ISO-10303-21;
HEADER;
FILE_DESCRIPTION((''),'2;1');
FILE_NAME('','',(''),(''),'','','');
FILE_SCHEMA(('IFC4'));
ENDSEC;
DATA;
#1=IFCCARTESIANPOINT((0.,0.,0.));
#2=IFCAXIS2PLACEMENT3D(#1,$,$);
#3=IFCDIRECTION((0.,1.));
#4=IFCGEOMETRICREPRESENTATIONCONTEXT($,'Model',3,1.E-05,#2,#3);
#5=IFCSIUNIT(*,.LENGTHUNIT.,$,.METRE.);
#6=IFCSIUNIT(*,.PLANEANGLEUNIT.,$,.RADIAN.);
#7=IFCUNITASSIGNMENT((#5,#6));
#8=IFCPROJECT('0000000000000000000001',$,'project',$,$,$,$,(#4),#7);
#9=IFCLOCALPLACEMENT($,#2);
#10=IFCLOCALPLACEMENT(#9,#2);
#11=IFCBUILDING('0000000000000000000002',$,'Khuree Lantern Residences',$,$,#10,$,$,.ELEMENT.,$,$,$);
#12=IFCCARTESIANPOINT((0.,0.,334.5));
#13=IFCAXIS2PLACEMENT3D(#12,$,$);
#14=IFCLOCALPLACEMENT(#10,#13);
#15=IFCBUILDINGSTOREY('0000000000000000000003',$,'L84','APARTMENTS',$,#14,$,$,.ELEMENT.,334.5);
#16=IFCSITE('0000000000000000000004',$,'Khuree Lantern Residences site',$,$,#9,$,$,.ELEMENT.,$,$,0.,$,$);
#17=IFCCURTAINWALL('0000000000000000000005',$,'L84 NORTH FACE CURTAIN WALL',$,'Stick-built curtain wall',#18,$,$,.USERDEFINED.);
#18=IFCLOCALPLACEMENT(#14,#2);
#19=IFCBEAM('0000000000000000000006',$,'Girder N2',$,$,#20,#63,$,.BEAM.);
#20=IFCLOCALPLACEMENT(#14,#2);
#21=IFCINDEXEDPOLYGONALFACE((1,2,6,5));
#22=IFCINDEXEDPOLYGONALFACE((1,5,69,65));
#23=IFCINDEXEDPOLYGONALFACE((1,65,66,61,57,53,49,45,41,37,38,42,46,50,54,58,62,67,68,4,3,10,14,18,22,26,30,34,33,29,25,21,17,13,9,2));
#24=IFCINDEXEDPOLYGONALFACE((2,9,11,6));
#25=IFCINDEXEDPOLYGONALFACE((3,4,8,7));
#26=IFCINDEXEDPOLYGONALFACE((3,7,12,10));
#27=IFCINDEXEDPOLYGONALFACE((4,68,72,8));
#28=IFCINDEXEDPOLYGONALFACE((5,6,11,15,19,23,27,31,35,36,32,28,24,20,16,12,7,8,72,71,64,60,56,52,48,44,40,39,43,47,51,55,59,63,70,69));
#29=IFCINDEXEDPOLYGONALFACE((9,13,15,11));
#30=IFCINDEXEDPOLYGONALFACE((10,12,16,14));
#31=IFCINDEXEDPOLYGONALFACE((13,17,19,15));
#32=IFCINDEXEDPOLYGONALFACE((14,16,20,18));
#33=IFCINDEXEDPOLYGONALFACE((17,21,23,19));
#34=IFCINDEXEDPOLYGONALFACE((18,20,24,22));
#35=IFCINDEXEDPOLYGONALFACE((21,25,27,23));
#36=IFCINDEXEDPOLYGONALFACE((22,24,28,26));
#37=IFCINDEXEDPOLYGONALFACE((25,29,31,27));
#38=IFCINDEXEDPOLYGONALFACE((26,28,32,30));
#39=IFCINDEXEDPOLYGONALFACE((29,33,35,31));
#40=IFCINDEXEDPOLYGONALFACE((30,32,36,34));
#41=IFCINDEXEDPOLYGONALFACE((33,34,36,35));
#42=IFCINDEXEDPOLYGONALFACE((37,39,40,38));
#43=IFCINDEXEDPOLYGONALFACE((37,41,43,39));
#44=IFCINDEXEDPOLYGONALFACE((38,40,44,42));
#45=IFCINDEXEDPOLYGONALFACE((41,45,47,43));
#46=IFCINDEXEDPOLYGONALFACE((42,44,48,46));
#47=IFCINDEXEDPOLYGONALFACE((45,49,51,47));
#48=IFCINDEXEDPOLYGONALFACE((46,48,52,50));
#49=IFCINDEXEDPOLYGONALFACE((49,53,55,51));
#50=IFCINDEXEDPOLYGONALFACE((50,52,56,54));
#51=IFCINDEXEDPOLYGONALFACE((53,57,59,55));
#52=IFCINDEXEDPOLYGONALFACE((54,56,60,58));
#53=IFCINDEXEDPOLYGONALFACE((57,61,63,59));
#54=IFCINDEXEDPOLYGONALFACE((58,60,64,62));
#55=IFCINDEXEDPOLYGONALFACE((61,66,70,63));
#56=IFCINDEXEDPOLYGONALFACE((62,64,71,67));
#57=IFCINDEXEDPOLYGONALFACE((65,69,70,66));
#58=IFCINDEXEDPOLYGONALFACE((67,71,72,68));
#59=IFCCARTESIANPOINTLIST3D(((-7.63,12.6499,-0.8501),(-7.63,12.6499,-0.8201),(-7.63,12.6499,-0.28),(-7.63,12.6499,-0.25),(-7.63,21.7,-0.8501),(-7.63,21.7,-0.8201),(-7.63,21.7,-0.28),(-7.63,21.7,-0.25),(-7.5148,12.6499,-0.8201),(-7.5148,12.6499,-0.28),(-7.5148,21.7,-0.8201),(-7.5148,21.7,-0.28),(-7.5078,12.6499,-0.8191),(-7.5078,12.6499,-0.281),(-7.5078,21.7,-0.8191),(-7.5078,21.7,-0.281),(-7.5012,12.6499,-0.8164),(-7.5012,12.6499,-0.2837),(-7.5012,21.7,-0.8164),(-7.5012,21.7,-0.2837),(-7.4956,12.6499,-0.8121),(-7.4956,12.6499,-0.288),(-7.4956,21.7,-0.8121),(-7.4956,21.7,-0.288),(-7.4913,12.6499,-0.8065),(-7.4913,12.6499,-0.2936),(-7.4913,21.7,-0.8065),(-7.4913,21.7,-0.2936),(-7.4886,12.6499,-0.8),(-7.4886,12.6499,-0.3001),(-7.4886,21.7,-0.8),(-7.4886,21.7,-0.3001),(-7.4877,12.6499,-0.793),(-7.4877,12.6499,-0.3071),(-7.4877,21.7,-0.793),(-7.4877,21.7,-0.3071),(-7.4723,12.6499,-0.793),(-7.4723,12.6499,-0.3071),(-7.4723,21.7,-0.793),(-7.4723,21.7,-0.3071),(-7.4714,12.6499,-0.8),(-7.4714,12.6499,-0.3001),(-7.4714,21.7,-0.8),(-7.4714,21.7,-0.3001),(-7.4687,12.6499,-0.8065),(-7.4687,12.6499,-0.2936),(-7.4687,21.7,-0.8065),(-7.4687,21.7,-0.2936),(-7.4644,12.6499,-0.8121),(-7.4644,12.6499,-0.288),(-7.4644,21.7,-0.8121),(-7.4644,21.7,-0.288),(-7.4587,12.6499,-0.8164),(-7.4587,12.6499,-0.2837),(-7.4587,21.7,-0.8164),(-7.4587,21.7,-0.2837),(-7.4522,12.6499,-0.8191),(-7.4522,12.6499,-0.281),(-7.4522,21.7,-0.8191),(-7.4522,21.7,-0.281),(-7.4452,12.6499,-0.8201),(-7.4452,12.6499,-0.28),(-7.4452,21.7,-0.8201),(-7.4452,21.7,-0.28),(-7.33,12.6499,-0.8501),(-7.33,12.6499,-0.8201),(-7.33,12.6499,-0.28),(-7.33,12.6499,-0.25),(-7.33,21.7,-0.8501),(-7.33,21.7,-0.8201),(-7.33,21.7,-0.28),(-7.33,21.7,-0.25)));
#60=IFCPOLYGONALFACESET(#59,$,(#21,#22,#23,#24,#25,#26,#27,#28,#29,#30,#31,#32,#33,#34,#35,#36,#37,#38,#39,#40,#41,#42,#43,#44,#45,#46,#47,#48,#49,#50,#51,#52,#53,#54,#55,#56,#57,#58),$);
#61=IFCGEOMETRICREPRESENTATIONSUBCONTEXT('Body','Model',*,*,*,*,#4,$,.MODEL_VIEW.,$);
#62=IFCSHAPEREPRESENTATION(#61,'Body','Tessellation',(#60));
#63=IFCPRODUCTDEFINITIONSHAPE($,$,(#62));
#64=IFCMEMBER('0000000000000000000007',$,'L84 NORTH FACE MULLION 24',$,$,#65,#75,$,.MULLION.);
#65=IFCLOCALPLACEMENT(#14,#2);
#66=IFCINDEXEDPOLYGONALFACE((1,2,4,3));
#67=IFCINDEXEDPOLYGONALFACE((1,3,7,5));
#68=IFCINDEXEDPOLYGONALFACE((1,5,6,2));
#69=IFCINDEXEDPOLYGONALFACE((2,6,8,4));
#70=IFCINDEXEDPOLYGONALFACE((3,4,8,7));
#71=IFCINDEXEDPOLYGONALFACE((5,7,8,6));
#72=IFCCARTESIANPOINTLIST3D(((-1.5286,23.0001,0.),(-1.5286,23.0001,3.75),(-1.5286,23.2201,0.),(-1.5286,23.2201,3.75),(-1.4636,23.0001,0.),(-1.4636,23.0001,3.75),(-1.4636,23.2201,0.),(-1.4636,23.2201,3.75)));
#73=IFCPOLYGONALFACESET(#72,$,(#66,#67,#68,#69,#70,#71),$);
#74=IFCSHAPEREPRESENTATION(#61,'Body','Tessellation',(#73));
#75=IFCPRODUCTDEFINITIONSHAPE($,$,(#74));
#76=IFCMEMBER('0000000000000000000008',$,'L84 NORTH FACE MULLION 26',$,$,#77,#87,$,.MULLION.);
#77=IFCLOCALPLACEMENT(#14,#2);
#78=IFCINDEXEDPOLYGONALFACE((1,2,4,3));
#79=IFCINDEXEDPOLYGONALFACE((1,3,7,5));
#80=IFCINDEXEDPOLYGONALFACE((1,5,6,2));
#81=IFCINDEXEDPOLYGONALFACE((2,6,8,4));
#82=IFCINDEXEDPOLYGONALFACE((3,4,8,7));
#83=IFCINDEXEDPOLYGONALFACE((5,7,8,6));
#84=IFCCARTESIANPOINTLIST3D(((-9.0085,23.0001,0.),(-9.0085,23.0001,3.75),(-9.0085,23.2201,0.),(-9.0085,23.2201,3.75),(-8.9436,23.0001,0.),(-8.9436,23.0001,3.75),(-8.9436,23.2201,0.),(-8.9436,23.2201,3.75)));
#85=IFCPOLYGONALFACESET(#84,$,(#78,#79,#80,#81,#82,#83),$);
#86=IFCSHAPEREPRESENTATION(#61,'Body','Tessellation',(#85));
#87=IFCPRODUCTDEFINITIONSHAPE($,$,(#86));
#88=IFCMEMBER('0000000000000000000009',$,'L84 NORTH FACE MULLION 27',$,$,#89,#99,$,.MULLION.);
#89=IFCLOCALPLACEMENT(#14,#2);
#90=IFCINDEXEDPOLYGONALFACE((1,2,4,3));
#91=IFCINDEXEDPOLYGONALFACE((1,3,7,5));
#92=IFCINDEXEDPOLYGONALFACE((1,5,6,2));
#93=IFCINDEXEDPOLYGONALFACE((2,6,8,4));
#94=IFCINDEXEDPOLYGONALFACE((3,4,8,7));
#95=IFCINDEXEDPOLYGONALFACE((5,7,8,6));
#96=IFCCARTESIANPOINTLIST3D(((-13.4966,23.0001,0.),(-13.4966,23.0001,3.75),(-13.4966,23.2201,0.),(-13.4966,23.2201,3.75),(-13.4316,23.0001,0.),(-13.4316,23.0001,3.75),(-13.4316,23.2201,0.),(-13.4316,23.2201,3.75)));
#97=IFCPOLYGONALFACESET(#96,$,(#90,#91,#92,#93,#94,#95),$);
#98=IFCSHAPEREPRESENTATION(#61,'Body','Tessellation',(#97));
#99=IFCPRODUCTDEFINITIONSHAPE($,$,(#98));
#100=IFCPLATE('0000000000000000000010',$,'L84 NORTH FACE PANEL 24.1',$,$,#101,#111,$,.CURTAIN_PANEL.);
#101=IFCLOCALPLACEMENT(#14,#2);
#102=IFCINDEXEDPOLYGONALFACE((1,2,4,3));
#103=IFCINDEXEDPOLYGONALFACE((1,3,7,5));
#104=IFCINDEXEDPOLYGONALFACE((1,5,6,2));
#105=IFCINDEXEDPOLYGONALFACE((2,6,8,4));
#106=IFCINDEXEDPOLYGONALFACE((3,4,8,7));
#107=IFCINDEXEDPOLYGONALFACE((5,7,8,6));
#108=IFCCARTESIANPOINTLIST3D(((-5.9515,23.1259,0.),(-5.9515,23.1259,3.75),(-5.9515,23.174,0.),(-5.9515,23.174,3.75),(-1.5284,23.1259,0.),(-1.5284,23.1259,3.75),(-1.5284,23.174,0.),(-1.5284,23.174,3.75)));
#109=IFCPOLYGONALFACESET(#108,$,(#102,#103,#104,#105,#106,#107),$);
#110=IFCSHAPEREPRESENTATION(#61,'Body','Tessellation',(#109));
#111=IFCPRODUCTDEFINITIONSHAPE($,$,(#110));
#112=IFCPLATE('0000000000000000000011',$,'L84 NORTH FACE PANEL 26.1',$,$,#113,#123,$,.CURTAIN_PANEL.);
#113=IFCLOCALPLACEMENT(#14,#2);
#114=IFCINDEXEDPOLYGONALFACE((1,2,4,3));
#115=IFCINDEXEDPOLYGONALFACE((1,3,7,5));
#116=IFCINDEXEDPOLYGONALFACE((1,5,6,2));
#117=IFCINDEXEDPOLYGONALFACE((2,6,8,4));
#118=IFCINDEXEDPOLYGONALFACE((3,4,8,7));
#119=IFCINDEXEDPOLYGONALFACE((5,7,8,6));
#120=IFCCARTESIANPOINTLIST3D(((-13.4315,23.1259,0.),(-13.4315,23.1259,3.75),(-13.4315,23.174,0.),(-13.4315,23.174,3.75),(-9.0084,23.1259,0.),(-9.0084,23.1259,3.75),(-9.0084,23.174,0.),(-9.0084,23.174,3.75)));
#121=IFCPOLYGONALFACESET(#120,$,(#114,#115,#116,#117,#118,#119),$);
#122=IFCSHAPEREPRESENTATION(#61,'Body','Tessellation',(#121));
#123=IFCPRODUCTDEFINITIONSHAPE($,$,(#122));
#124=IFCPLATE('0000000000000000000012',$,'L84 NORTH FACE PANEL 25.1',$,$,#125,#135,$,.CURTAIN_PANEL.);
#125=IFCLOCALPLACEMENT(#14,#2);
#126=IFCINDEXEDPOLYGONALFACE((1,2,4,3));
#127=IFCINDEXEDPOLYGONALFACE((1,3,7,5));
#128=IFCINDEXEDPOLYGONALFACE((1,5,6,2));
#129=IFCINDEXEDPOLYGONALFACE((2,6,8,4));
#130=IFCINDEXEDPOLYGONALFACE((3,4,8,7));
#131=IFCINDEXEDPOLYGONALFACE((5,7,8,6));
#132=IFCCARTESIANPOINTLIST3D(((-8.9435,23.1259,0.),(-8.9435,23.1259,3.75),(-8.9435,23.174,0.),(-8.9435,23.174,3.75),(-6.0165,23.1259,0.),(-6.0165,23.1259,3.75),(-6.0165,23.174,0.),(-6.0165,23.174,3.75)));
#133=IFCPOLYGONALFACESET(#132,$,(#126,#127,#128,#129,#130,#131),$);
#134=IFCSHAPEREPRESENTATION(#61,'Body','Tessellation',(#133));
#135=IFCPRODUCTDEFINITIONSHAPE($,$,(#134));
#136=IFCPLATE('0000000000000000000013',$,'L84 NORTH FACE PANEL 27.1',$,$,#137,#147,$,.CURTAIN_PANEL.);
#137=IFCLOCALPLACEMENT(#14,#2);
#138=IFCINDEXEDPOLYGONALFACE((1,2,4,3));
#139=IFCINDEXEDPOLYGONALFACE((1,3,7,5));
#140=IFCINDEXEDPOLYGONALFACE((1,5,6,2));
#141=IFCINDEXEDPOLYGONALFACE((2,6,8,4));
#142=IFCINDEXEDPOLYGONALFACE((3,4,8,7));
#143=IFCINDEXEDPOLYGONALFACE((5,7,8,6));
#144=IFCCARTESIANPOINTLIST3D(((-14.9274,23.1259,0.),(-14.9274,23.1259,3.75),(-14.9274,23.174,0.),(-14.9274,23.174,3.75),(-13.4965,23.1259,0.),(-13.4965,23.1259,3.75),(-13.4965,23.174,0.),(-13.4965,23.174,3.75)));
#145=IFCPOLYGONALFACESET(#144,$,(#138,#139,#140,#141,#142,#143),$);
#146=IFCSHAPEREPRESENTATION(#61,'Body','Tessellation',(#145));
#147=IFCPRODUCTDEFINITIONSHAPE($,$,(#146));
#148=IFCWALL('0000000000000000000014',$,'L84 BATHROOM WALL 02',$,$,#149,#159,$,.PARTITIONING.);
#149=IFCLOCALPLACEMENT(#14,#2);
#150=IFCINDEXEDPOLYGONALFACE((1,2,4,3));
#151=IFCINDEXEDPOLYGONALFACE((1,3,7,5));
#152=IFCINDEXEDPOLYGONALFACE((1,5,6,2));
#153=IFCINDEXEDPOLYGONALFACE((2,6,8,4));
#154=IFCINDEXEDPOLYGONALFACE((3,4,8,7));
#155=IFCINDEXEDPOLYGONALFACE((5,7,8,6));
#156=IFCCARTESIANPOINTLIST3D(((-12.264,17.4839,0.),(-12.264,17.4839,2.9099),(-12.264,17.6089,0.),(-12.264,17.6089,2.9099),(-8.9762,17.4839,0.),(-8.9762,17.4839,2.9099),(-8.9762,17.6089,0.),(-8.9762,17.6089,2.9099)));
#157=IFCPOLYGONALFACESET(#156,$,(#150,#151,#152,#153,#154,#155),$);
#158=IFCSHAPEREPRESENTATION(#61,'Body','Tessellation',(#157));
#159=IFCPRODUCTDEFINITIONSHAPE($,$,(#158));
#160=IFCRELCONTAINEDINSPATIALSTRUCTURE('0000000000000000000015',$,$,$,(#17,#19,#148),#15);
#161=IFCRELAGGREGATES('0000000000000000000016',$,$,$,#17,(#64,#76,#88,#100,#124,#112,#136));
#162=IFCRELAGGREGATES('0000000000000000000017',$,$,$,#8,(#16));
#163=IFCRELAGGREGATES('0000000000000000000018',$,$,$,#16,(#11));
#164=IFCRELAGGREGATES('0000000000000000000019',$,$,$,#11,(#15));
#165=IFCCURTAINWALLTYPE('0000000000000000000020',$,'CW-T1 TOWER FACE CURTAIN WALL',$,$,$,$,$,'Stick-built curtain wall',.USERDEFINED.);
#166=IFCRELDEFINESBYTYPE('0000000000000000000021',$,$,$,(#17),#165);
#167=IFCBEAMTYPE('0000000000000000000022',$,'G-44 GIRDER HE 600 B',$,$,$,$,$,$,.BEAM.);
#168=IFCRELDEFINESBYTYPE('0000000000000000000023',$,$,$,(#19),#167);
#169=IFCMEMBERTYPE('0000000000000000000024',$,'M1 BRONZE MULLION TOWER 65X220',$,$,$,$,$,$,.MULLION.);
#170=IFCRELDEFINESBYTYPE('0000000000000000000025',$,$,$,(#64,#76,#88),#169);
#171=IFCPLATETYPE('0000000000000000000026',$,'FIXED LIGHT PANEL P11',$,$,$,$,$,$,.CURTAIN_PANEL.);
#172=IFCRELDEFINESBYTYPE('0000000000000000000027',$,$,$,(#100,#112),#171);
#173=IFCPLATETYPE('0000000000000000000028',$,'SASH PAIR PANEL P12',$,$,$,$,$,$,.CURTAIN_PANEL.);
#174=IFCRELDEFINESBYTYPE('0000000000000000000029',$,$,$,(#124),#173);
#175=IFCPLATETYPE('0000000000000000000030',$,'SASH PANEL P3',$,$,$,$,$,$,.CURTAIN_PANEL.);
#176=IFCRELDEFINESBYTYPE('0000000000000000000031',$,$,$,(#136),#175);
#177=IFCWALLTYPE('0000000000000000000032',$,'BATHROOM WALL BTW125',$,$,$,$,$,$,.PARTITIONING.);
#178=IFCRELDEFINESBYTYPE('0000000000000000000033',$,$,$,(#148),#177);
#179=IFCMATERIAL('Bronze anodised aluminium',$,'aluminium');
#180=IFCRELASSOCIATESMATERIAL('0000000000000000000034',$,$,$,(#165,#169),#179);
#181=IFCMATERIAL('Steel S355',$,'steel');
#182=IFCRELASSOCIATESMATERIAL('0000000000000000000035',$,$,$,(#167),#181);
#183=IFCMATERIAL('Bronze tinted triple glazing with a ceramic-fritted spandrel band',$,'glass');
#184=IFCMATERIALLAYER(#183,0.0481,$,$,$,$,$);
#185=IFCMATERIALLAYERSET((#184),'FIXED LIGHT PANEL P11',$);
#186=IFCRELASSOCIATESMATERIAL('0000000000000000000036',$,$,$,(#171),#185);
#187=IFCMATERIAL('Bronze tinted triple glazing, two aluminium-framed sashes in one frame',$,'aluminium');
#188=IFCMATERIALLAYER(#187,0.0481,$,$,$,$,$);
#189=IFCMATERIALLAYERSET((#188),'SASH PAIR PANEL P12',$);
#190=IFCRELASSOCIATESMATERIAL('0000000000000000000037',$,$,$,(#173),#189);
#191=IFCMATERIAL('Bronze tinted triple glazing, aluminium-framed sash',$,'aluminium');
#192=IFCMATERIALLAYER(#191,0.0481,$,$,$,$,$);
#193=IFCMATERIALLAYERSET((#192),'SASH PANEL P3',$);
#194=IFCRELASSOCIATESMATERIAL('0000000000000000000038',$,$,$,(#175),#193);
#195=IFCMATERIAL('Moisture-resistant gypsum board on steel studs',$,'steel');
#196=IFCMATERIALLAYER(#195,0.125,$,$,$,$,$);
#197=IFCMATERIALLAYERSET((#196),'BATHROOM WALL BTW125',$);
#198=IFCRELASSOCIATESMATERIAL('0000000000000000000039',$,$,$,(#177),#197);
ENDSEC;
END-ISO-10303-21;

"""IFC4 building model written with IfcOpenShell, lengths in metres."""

from ifc_helpers import new_model, si_unit, direction, frame, frame_2d, origin, origin_2d, place, context, subcontext, project, spatial, rectangle, i_section, extrude, material, layer, layer_set, material_profile, profile_set, type_object, element, aggregate, save


model = new_model("IFC4")

# Units and contexts
model_context = context("Model", 3, precision=1e-05, world=origin(), true_north=direction((0.0, 1.0)))
body_context = subcontext(model_context, "Body", "Model", "MODEL_VIEW")
ifc_project = project(units=[si_unit("LENGTHUNIT", "METRE"), si_unit("PLANEANGLEUNIT", "RADIAN")], contexts=[model_context])

# Site, building, storey
site_placement = place(None, origin())
site = spatial("IfcSite", under=ifc_project, at=site_placement, Name="Khuree Lantern Residences site", CompositionType="ELEMENT", RefElevation=0.0)
building_placement = place(site_placement, origin())
building = spatial("IfcBuilding", under=site, at=building_placement, Name="Khuree Lantern Residences", CompositionType="ELEMENT")
storey_placement = place(building_placement, frame((0.0, 0.0, 334.5)))
storey = spatial("IfcBuildingStorey", under=building, at=storey_placement, Name="L84", Description="APARTMENTS", CompositionType="ELEMENT", Elevation=334.5)

# Shared definitions
ifc_material_1 = material(Name="Steel S355", Category="steel")

# Curtain wall
ifc_material_2 = material(Name="Bronze anodised aluminium", Category="aluminium")
curtain_wall_type = type_object("IfcCurtainWallType", Name="CW-T1 TOWER FACE CURTAIN WALL", ElementType="Stick-built curtain wall", PredefinedType="USERDEFINED", material=ifc_material_2)
curtain_wall_placement = place(storey_placement, origin())
curtain_wall = element("IfcCurtainWall", 1, at=curtain_wall_placement, inside=storey, type_object=curtain_wall_type, Name="L84 NORTH FACE CURTAIN WALL", ObjectType="Stick-built curtain wall", PredefinedType="USERDEFINED")

# Beam
ifc_material_profile_1 = material_profile(ifc_material_1, i_section(OverallWidth=0.3, OverallDepth=0.6001, WebThickness=0.0154, FlangeThickness=0.03, FilletRadius=0.0271, at=origin_2d()), Name="HE 600 B")
ifc_profile_set_1 = profile_set([ifc_material_profile_1], Name="Steel S355")
beam_type_1 = type_object("IfcBeamType", Name="G-44 GIRDER HE 600 B", PredefinedType="BEAM", material=ifc_profile_set_1)
beam_1_placement = place(storey_placement, frame((-7.48, 21.7, -0.55), z_axis=(0.0, -1.0, 0.0), x_axis=(1.0, 0.0, 0.0)))
element("IfcBeam", 2, at=beam_1_placement, inside=storey, type_object=beam_type_1, Name="Girder N2", PredefinedType="BEAM", context=body_context, shape_type="SweptSolid", body=[
    extrude(i_section(OverallWidth=0.3, OverallDepth=0.6001, WebThickness=0.0154, FlangeThickness=0.03, FilletRadius=0.0271, at=origin_2d()), origin(), (0.0, 0.0, 1.0), 9.05),
])

# Members
ifc_material_profile_2 = material_profile(ifc_material_2, rectangle(XDim=0.0649, YDim=0.22, at=origin_2d()), Name="M1 65X220")
ifc_profile_set_2 = profile_set([ifc_material_profile_2], Name="Bronze anodised aluminium")
member_type_1 = type_object("IfcMemberType", Name="M1 BRONZE MULLION TOWER 65X220", PredefinedType="MULLION", material=ifc_profile_set_2)
member_1_placement = place(storey_placement, frame((-1.4961, 23.1101, 0.0), z_axis=(0.0, 0.0, 1.0), x_axis=(-1.0, 0.0, 0.0)))
member_1 = element("IfcMember", 3, at=member_1_placement, type_object=member_type_1, Name="L84 NORTH FACE MULLION 24", PredefinedType="MULLION", context=body_context, shape_type="SweptSolid", body=[
    extrude(rectangle(XDim=0.0649, YDim=0.22, at=origin_2d()), origin(), (0.0, 0.0, 1.0), 3.75),
])
member_2_placement = place(storey_placement, frame((-8.9761, 23.1101, 0.0), z_axis=(0.0, 0.0, 1.0), x_axis=(-1.0, 0.0, 0.0)))
member_2 = element("IfcMember", 4, at=member_2_placement, type_object=member_type_1, Name="L84 NORTH FACE MULLION 26", PredefinedType="MULLION", context=body_context, shape_type="SweptSolid", body=[
    extrude(rectangle(XDim=0.0649, YDim=0.22, at=origin_2d()), origin(), (0.0, 0.0, 1.0), 3.75),
])
member_3_placement = place(storey_placement, frame((-13.4641, 23.1101, 0.0), z_axis=(0.0, 0.0, 1.0), x_axis=(-1.0, 0.0, 0.0)))
member_3 = element("IfcMember", 5, at=member_3_placement, type_object=member_type_1, Name="L84 NORTH FACE MULLION 27", PredefinedType="MULLION", context=body_context, shape_type="SweptSolid", body=[
    extrude(rectangle(XDim=0.0649, YDim=0.22, at=origin_2d()), origin(), (0.0, 0.0, 1.0), 3.75),
])

# Plates
ifc_material_3 = material(Name="Bronze tinted triple glazing with a ceramic-fritted spandrel band", Category="glass")
ifc_layer_1 = layer(ifc_material_3, 0.0481)
ifc_layer_set_1 = layer_set([ifc_layer_1], Name="FIXED LIGHT PANEL P11")
plate_type_1 = type_object("IfcPlateType", Name="FIXED LIGHT PANEL P11", PredefinedType="CURTAIN_PANEL", material=ifc_layer_set_1)
plate_1_placement = place(storey_placement, frame((-3.74, 23.1499, 0.0), z_axis=(0.0, 0.0, 1.0), x_axis=(-1.0, 0.0, 0.0)))
plate_1 = element("IfcPlate", 6, at=plate_1_placement, type_object=plate_type_1, Name="L84 NORTH FACE PANEL 24.1", PredefinedType="CURTAIN_PANEL", context=body_context, shape_type="SweptSolid", body=[
    extrude(rectangle(XDim=4.4231, YDim=0.0481, at=origin_2d()), origin(), (0.0, 0.0, 1.0), 3.75),
])
plate_2_placement = place(storey_placement, frame((-11.22, 23.1499, 0.0), z_axis=(0.0, 0.0, 1.0), x_axis=(-1.0, 0.0, 0.0)))
plate_2 = element("IfcPlate", 7, at=plate_2_placement, type_object=plate_type_1, Name="L84 NORTH FACE PANEL 26.1", PredefinedType="CURTAIN_PANEL", context=body_context, shape_type="SweptSolid", body=[
    extrude(rectangle(XDim=4.4231, YDim=0.0481, at=origin_2d()), origin(), (0.0, 0.0, 1.0), 3.75),
])
ifc_material_4 = material(Name="Bronze tinted triple glazing, two aluminium-framed sashes in one frame", Category="aluminium")
ifc_layer_2 = layer(ifc_material_4, 0.0481)
ifc_layer_set_2 = layer_set([ifc_layer_2], Name="SASH PAIR PANEL P12")
plate_type_2 = type_object("IfcPlateType", Name="SASH PAIR PANEL P12", PredefinedType="CURTAIN_PANEL", material=ifc_layer_set_2)
plate_3_placement = place(storey_placement, frame((-7.48, 23.1499, 0.0), z_axis=(0.0, 0.0, 1.0), x_axis=(-1.0, 0.0, 0.0)))
plate_3 = element("IfcPlate", 8, at=plate_3_placement, type_object=plate_type_2, Name="L84 NORTH FACE PANEL 25.1", PredefinedType="CURTAIN_PANEL", context=body_context, shape_type="SweptSolid", body=[
    extrude(rectangle(XDim=2.927, YDim=0.0481, at=origin_2d()), origin(), (0.0, 0.0, 1.0), 3.75),
])
ifc_material_5 = material(Name="Bronze tinted triple glazing, aluminium-framed sash", Category="aluminium")
ifc_layer_3 = layer(ifc_material_5, 0.0481)
ifc_layer_set_3 = layer_set([ifc_layer_3], Name="SASH PANEL P3")
plate_type_3 = type_object("IfcPlateType", Name="SASH PANEL P3", PredefinedType="CURTAIN_PANEL", material=ifc_layer_set_3)
plate_4_placement = place(storey_placement, frame((-14.2119, 23.1499, 0.0), z_axis=(0.0, 0.0, 1.0), x_axis=(-1.0, 0.0, 0.0)))
plate_4 = element("IfcPlate", 9, at=plate_4_placement, type_object=plate_type_3, Name="L84 NORTH FACE PANEL 27.1", PredefinedType="CURTAIN_PANEL", context=body_context, shape_type="SweptSolid", body=[
    extrude(rectangle(XDim=1.4309, YDim=0.0481, at=origin_2d()), origin(), (0.0, 0.0, 1.0), 3.75),
])
aggregate(curtain_wall, [member_1, member_2, member_3, plate_1, plate_3, plate_2, plate_4])

# Wall
ifc_material_6 = material(Name="Moisture-resistant gypsum board on steel studs", Category="steel")
ifc_layer_4 = layer(ifc_material_6, 0.125)
ifc_layer_set_4 = layer_set([ifc_layer_4], Name="BATHROOM WALL BTW125")
wall_type_1 = type_object("IfcWallType", Name="BATHROOM WALL BTW125", PredefinedType="PARTITIONING", material=ifc_layer_set_4)
wall_1_placement = place(storey_placement, frame((-8.9761, 17.5464, 0.0), z_axis=(0.0, 0.0, 1.0), x_axis=(-1.0, 0.0, 0.0)))
element("IfcWall", 10, at=wall_1_placement, inside=storey, type_object=wall_type_1, Name="L84 BATHROOM WALL 02", PredefinedType="PARTITIONING", context=body_context, shape_type="SweptSolid", body=[
    extrude(rectangle(XDim=3.2878, YDim=0.125, at=frame_2d((1.644, 0.0))), origin(), (0.0, 0.0, 1.0), 2.9099),
])

save(model, "model.ifc")
